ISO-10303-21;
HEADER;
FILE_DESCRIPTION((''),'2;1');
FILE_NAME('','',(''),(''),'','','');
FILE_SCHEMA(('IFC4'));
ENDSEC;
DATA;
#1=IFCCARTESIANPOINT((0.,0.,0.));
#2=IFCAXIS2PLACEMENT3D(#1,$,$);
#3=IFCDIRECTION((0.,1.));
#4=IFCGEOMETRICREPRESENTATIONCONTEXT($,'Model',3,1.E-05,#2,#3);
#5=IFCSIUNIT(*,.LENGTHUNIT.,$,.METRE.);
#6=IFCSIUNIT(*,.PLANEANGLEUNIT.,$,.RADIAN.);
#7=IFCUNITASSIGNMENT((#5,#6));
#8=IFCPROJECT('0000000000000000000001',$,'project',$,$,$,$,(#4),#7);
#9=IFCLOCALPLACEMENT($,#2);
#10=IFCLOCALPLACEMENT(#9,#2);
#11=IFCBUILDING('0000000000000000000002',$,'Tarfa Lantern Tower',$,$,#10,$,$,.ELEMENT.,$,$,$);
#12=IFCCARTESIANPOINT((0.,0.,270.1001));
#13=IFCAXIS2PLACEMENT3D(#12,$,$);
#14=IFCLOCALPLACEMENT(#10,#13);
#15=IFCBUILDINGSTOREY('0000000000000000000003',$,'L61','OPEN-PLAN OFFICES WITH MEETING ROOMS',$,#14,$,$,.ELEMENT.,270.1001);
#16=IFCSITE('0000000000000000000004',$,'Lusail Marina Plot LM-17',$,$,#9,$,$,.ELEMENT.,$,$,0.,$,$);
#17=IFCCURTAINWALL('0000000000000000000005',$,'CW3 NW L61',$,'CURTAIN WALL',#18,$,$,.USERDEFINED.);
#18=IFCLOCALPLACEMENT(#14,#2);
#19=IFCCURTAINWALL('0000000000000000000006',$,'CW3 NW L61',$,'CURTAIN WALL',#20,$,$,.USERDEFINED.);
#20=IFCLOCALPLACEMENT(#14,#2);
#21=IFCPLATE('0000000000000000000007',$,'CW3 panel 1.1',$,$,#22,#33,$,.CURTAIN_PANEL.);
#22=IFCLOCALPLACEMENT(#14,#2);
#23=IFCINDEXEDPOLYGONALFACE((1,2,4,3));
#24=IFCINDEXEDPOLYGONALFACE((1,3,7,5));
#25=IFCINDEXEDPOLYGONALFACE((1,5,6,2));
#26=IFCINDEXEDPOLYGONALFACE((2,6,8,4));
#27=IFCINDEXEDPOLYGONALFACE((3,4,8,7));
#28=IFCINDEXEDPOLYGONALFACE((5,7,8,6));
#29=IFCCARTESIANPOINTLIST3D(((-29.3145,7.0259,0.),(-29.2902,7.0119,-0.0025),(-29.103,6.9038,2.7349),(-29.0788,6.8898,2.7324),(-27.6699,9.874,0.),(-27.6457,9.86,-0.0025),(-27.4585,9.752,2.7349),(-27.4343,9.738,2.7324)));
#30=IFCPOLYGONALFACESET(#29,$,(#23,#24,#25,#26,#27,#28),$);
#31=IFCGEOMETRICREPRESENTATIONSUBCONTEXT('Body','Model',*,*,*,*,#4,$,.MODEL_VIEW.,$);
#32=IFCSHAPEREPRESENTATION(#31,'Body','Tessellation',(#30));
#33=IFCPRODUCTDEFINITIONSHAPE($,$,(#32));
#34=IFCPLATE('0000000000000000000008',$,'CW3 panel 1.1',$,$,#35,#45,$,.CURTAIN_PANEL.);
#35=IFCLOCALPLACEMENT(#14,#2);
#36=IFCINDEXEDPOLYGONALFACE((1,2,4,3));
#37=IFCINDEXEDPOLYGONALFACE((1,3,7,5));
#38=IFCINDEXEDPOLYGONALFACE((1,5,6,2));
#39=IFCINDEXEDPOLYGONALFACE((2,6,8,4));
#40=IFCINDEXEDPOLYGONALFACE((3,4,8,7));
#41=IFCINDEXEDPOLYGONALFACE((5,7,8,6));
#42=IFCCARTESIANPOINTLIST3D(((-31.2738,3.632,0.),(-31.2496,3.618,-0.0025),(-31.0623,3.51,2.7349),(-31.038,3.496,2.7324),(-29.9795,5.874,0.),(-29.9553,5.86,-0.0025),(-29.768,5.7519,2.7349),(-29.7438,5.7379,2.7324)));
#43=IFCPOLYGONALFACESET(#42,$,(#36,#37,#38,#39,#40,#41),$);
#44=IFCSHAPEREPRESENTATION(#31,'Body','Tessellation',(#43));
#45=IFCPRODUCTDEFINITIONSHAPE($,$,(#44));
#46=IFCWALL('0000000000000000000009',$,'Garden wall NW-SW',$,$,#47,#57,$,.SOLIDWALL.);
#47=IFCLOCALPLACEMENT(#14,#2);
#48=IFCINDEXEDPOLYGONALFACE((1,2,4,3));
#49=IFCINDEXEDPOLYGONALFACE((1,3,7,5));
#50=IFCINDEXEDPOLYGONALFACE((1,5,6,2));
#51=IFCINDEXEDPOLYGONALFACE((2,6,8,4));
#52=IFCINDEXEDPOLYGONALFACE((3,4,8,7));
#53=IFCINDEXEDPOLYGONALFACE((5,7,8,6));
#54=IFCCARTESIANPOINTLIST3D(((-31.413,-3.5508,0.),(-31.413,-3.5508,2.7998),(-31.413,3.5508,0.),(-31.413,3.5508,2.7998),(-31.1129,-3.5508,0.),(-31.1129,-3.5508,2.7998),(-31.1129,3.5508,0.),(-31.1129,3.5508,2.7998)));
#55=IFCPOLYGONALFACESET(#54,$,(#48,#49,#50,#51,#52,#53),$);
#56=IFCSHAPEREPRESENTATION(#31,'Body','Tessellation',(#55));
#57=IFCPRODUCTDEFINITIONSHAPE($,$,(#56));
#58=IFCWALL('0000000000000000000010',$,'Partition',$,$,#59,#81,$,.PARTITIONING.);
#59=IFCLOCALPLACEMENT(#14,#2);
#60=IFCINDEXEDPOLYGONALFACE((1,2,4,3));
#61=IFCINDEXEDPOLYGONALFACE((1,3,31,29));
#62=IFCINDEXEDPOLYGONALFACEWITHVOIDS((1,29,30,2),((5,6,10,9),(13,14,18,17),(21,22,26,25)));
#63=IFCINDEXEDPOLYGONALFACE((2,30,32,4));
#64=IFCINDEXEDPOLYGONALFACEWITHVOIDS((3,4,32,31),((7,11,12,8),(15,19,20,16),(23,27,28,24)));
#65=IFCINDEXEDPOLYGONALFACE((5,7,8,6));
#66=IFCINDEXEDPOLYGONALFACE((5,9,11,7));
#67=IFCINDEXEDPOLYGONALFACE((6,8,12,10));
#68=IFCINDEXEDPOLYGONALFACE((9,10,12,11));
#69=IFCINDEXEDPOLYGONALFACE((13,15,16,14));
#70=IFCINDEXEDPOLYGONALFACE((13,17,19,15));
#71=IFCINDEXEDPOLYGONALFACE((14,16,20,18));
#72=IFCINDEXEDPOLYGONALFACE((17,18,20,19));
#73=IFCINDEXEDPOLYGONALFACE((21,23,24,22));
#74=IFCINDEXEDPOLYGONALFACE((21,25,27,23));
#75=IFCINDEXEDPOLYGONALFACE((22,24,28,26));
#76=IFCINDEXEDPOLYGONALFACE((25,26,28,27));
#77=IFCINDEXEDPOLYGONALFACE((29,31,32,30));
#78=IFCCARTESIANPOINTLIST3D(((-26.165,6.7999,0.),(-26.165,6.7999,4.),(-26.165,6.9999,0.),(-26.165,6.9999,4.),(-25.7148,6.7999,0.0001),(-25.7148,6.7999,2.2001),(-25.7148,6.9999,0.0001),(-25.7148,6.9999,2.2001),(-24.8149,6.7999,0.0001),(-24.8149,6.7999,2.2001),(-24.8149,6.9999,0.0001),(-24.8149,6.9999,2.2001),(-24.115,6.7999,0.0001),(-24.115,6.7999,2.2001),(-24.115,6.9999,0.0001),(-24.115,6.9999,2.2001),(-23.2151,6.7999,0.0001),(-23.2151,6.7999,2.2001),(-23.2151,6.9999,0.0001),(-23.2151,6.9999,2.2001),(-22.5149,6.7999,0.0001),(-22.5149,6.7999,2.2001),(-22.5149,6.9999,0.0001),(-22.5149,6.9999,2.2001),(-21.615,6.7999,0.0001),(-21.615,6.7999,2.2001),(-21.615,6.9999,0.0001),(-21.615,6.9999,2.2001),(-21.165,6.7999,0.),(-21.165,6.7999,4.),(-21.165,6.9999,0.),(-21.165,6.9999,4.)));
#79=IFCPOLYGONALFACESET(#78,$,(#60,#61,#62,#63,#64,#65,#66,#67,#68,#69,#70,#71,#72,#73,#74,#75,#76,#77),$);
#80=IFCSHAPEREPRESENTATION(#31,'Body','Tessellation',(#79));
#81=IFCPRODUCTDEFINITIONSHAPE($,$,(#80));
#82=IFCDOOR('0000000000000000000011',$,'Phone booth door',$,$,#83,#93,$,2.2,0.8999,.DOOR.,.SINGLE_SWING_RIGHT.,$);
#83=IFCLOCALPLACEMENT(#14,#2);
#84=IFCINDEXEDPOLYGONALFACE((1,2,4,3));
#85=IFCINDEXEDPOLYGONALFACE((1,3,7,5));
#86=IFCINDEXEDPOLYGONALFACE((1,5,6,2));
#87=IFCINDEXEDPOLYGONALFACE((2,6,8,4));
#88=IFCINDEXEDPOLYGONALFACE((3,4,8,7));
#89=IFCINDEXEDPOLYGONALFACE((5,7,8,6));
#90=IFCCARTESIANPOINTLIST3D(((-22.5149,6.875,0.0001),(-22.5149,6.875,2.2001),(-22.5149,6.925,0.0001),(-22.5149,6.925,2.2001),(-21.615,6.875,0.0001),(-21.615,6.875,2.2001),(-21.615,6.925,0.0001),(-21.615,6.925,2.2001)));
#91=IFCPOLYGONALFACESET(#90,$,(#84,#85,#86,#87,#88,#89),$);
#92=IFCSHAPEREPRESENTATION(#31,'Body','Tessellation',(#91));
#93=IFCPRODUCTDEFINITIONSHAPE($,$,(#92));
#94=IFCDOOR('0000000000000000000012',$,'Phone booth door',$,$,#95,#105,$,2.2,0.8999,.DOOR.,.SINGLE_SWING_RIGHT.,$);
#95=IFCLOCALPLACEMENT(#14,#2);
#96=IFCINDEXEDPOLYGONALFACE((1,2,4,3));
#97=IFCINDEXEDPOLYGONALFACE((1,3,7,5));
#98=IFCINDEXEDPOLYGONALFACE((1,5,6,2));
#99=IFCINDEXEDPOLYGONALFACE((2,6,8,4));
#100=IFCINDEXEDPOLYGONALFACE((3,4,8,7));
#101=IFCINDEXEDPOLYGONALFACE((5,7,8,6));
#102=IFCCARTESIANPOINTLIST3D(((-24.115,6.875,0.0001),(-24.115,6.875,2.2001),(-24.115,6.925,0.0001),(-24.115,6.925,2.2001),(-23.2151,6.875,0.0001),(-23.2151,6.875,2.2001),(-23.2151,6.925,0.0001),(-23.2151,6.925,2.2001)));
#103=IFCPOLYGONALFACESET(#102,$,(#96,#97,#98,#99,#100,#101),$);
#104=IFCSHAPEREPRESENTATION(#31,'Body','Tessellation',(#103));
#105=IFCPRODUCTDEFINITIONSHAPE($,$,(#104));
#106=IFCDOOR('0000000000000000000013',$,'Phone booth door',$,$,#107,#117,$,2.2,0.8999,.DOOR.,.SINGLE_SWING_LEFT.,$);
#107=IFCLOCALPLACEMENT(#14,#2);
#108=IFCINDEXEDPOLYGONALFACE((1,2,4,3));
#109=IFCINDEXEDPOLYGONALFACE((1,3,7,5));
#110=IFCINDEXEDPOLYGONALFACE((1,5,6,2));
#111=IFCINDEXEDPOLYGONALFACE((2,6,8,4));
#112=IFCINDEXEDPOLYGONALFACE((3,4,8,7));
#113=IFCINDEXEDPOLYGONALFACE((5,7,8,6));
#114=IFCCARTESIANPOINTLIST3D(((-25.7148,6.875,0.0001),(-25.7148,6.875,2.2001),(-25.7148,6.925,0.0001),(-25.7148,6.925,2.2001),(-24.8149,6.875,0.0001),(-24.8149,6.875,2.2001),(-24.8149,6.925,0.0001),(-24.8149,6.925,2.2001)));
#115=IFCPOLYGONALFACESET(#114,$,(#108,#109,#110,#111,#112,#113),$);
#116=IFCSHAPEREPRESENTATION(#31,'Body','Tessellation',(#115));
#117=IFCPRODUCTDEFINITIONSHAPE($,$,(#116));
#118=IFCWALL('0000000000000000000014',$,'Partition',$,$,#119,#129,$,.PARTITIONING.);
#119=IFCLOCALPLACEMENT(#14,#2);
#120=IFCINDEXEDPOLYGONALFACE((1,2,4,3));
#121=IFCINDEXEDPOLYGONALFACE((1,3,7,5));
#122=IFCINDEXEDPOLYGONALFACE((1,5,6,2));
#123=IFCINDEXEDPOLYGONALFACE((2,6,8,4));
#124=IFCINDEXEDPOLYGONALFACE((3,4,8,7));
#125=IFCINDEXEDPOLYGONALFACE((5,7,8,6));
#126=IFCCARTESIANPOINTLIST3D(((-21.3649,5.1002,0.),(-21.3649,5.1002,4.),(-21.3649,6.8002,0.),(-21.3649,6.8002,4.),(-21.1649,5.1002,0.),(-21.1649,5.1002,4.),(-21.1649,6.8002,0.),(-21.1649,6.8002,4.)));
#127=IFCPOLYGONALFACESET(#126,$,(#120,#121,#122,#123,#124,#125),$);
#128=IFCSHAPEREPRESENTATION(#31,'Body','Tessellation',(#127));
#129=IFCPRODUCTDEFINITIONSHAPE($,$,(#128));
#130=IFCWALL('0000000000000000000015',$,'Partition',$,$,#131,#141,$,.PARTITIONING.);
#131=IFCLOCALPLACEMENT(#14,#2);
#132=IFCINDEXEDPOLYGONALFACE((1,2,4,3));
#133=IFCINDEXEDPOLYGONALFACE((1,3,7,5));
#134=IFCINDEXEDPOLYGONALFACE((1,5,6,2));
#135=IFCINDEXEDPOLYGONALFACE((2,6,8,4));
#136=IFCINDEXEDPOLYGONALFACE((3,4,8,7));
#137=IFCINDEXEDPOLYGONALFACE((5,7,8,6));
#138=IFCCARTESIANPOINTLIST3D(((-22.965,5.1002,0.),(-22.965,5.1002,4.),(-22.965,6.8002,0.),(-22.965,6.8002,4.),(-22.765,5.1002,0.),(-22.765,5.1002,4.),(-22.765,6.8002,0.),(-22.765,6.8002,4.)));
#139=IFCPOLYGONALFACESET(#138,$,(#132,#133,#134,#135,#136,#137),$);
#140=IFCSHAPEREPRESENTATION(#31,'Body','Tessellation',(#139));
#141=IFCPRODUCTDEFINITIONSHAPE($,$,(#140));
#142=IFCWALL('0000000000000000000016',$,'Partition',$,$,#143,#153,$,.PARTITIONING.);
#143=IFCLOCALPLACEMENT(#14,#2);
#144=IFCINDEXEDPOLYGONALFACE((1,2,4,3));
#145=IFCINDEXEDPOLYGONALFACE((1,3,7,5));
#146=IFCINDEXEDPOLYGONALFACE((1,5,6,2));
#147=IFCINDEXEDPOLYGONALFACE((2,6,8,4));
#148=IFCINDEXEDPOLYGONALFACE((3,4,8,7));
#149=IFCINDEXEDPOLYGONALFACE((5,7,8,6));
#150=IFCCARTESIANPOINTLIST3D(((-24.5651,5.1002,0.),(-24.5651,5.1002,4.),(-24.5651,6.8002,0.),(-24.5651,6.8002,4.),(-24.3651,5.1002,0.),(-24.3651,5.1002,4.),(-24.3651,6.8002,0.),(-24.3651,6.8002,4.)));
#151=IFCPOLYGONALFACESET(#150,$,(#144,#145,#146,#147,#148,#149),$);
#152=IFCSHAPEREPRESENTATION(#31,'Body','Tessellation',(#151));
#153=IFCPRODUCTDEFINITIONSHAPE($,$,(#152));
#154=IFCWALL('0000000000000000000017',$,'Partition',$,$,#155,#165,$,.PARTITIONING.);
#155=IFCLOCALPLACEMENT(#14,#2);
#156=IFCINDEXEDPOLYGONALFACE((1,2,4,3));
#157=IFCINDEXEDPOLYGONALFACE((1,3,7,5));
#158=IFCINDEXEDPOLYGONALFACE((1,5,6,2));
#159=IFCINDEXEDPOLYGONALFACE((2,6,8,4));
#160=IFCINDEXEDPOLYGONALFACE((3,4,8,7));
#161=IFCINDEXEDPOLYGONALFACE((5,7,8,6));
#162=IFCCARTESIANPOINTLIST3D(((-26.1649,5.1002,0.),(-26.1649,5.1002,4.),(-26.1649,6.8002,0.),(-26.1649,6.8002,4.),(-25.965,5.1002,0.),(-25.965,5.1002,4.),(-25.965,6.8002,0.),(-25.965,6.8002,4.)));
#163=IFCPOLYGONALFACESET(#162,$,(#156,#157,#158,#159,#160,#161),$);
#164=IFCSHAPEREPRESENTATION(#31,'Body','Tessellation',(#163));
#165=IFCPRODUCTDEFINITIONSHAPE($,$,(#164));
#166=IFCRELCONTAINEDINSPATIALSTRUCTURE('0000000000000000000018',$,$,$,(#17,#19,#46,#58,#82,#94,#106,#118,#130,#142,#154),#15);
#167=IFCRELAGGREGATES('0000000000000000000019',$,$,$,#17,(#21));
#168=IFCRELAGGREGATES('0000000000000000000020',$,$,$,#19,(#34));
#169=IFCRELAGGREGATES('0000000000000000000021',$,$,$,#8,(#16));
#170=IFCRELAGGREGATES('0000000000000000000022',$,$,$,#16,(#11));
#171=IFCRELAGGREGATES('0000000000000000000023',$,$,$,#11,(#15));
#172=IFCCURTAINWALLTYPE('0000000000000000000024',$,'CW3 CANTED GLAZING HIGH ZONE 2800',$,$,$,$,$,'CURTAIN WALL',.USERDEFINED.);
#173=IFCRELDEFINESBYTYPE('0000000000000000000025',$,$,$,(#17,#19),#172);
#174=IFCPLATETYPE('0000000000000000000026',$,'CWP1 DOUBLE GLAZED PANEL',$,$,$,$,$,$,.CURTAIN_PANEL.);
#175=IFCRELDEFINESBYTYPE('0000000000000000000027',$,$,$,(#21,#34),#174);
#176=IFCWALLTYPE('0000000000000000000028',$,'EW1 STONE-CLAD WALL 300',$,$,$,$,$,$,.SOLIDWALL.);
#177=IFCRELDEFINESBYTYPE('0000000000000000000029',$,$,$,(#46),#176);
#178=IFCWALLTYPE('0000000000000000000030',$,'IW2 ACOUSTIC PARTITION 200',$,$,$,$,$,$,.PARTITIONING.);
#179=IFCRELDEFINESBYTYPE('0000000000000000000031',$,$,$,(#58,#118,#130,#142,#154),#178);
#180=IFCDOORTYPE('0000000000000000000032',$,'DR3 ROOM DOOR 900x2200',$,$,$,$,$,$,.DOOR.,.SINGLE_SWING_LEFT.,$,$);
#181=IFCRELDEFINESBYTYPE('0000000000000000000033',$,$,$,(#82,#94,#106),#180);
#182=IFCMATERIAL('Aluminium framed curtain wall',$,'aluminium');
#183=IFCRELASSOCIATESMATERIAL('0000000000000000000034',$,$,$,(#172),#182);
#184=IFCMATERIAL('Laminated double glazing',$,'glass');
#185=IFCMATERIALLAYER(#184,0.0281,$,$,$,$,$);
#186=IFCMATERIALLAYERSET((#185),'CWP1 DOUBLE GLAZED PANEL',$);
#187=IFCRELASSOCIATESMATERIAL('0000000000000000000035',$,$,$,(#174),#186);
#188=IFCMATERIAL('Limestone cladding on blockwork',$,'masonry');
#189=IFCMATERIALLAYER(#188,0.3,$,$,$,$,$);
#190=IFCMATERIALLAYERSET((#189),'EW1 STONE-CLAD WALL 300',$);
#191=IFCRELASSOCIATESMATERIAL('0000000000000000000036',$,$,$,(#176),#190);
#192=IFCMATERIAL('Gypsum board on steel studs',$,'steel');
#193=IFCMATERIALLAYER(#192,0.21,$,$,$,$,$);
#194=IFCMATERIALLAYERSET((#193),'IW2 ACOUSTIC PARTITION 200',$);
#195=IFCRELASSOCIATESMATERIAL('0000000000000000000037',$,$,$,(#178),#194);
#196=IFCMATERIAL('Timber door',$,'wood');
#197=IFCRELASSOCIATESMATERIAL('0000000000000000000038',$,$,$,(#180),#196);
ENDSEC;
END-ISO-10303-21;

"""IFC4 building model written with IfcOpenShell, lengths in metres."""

from ifc_helpers import new_model, si_unit, direction, frame, frame_2d, origin, place, context, subcontext, project, spatial, polyline, rectangle, outline, extrude, material, layer, layer_set, type_object, element, fill, aggregate, save


model = new_model("IFC4")

# Units and contexts
model_context = context("Model", 3, precision=1e-05, world=origin(), true_north=direction((0.0, 1.0)))
body_context = subcontext(model_context, "Body", "Model", "MODEL_VIEW")
ifc_project = project(units=[si_unit("LENGTHUNIT", "METRE"), si_unit("PLANEANGLEUNIT", "RADIAN")], contexts=[model_context])

# Site, building, storey
site_placement = place(None, origin())
site = spatial("IfcSite", under=ifc_project, at=site_placement, Name="Lusail Marina Plot LM-17", CompositionType="ELEMENT", RefElevation=0.0)
building_placement = place(site_placement, origin())
building = spatial("IfcBuilding", under=site, at=building_placement, Name="Tarfa Lantern Tower", CompositionType="ELEMENT")
storey_placement = place(building_placement, frame((0.0, 0.0, 270.1001)))
storey = spatial("IfcBuildingStorey", under=building, at=storey_placement, Name="L61", Description="OPEN-PLAN OFFICES WITH MEETING ROOMS", CompositionType="ELEMENT", Elevation=270.1001)

# Curtain walls
ifc_material_1 = material(Name="Aluminium framed curtain wall", Category="aluminium")
curtain_wall_type = type_object("IfcCurtainWallType", Name="CW3 CANTED GLAZING HIGH ZONE 2800", ElementType="CURTAIN WALL", PredefinedType="USERDEFINED", material=ifc_material_1)
curtain_wall_1_placement = place(storey_placement, origin())
curtain_wall_1 = element("IfcCurtainWall", 1, at=curtain_wall_1_placement, inside=storey, type_object=curtain_wall_type, Name="CW3 NW L61", ObjectType="CURTAIN WALL", PredefinedType="USERDEFINED")
curtain_wall_2_placement = place(storey_placement, origin())
curtain_wall_2 = element("IfcCurtainWall", 2, at=curtain_wall_2_placement, inside=storey, type_object=curtain_wall_type, Name="CW3 NW L61", ObjectType="CURTAIN WALL", PredefinedType="USERDEFINED")

# Plates
ifc_material_2 = material(Name="Laminated double glazing", Category="glass")
ifc_layer_1 = layer(ifc_material_2, 0.0281)
ifc_layer_set_1 = layer_set([ifc_layer_1], Name="CWP1 DOUBLE GLAZED PANEL")
plate_type = type_object("IfcPlateType", Name="CWP1 DOUBLE GLAZED PANEL", PredefinedType="CURTAIN_PANEL", material=ifc_layer_set_1)
plate_1_placement = place(storey_placement, frame((-27.6699, 9.874, 0.0), z_axis=(-0.862575, 0.498055, 0.088914), x_axis=(-0.500035, -0.866005, 0.0)))
plate_1 = element("IfcPlate", 3, at=plate_1_placement, type_object=plate_type, Name="CW3 panel 1.1", PredefinedType="CURTAIN_PANEL", context=body_context, shape_type="SweptSolid", body=[
    extrude(outline(polyline([(0.0, 0.0), (3.2888, 0.0), (3.2888, 2.7457), (0.0, 2.7457), (0.0, 0.0)])), origin(), (0.0, 0.0, -1.0), 0.0281),
])
aggregate(curtain_wall_1, [plate_1])
plate_2_placement = place(storey_placement, frame((-29.9795, 5.874, 0.0), z_axis=(-0.862605, 0.497996, 0.088952), x_axis=(-0.499979, -0.866038, -0.000004)))
plate_2 = element("IfcPlate", 4, at=plate_2_placement, type_object=plate_type, Name="CW3 panel 1.1", PredefinedType="CURTAIN_PANEL", context=body_context, shape_type="SweptSolid", body=[
    extrude(outline(polyline([(0.0, 0.0), (2.5888, 0.0), (2.5887, 2.7458), (0.0, 2.7457), (0.0, 0.0)])), origin(), (0.0, 0.0, -1.0), 0.0281),
])
aggregate(curtain_wall_2, [plate_2])

# Wall
ifc_material_3 = material(Name="Limestone cladding on blockwork", Category="masonry")
ifc_layer_2 = layer(ifc_material_3, 0.3)
ifc_layer_set_2 = layer_set([ifc_layer_2], Name="EW1 STONE-CLAD WALL 300")
wall_type_1 = type_object("IfcWallType", Name="EW1 STONE-CLAD WALL 300", PredefinedType="SOLIDWALL", material=ifc_layer_set_2)
wall_1_placement = place(storey_placement, frame((-31.2629, 3.5508, 0.0), z_axis=(0.0, 0.0, 1.0), x_axis=(0.0, -1.0, 0.0)))
element("IfcWall", 5, at=wall_1_placement, inside=storey, type_object=wall_type_1, Name="Garden wall NW-SW", PredefinedType="SOLIDWALL", context=body_context, shape_type="SweptSolid", body=[
    extrude(rectangle(XDim=7.1016, YDim=0.3, at=frame_2d((3.5508, 0.0))), origin(), (0.0, 0.0, 1.0), 2.7998),
])

# Wall, openings, doors
ifc_material_4 = material(Name="Gypsum board on steel studs", Category="steel")
ifc_layer_3 = layer(ifc_material_4, 0.21)
ifc_layer_set_3 = layer_set([ifc_layer_3], Name="IW2 ACOUSTIC PARTITION 200")
wall_type_2 = type_object("IfcWallType", Name="IW2 ACOUSTIC PARTITION 200", PredefinedType="PARTITIONING", material=ifc_layer_set_3)
wall_2_placement = place(storey_placement, frame((-21.165, 6.8999, 0.0), z_axis=(0.0, 0.0, 1.0), x_axis=(-1.0, 0.0, 0.0)))
wall_2 = element("IfcWall", 6, at=wall_2_placement, inside=storey, type_object=wall_type_2, Name="Partition", PredefinedType="PARTITIONING", context=body_context, shape_type="SweptSolid", body=[
    extrude(rectangle(XDim=5.0, YDim=0.2, at=frame_2d((2.5, 0.0))), origin(), (0.0, 0.0, 1.0), 4.0),
])
opening_1_placement = place(wall_2_placement, frame((0.45, 0.0, 0.0)))
opening_1 = element("IfcOpeningElement", 7, at=opening_1_placement, cuts=wall_2, PredefinedType="OPENING", context=body_context, shape_type="SweptSolid", body=[
    extrude(rectangle(XDim=0.8999, YDim=2.2, at=frame_2d((0.45, 1.1001))), frame((0.0, 0.1099, 0.0), z_axis=(0.0, -1.0, 0.0), x_axis=(1.0, 0.0, 0.0)), (0.0, 0.0, 1.0), 0.22),
])
opening_2_placement = place(wall_2_placement, frame((2.05, 0.0, 0.0)))
opening_2 = element("IfcOpeningElement", 8, at=opening_2_placement, cuts=wall_2, PredefinedType="OPENING", context=body_context, shape_type="SweptSolid", body=[
    extrude(rectangle(XDim=0.8999, YDim=2.2, at=frame_2d((0.45, 1.1001))), frame((0.0, 0.1099, 0.0), z_axis=(0.0, -1.0, 0.0), x_axis=(1.0, 0.0, 0.0)), (0.0, 0.0, 1.0), 0.22),
])
opening_3_placement = place(wall_2_placement, frame((3.6499, 0.0, 0.0)))
opening_3 = element("IfcOpeningElement", 9, at=opening_3_placement, cuts=wall_2, PredefinedType="OPENING", context=body_context, shape_type="SweptSolid", body=[
    extrude(rectangle(XDim=0.8999, YDim=2.2, at=frame_2d((0.45, 1.1001))), frame((0.0, 0.1099, 0.0), z_axis=(0.0, -1.0, 0.0), x_axis=(1.0, 0.0, 0.0)), (0.0, 0.0, 1.0), 0.22),
])
ifc_material_5 = material(Name="Timber door", Category="wood")
door_type = type_object("IfcDoorType", Name="DR3 ROOM DOOR 900x2200", OperationType="SINGLE_SWING_LEFT", PredefinedType="DOOR", material=ifc_material_5)
door_1_placement = place(opening_1_placement, origin())
door_1 = element("IfcDoor", 10, at=door_1_placement, inside=storey, type_object=door_type, Name="Phone booth door", OperationType="SINGLE_SWING_RIGHT", OverallHeight=2.2, OverallWidth=0.8999, PredefinedType="DOOR", context=body_context, shape_type="SweptSolid", body=[
    extrude(rectangle(XDim=0.8999, YDim=2.2, at=frame_2d((0.45, 1.1001))), frame((0.0, 0.0249, 0.0), z_axis=(0.0, -1.0, 0.0), x_axis=(1.0, 0.0, 0.0)), (0.0, 0.0, 1.0), 0.05),
])
fill(opening_1, door_1)
door_2_placement = place(opening_2_placement, origin())
door_2 = element("IfcDoor", 11, at=door_2_placement, inside=storey, type_object=door_type, Name="Phone booth door", OperationType="SINGLE_SWING_RIGHT", OverallHeight=2.2, OverallWidth=0.8999, PredefinedType="DOOR", context=body_context, shape_type="SweptSolid", body=[
    extrude(rectangle(XDim=0.8999, YDim=2.2, at=frame_2d((0.45, 1.1001))), frame((0.0, 0.0249, 0.0), z_axis=(0.0, -1.0, 0.0), x_axis=(1.0, 0.0, 0.0)), (0.0, 0.0, 1.0), 0.05),
])
fill(opening_2, door_2)
door_3_placement = place(opening_3_placement, origin())
door_3 = element("IfcDoor", 12, at=door_3_placement, inside=storey, type_object=door_type, Name="Phone booth door", OperationType="SINGLE_SWING_LEFT", OverallHeight=2.2, OverallWidth=0.8999, PredefinedType="DOOR", context=body_context, shape_type="SweptSolid", body=[
    extrude(rectangle(XDim=0.8999, YDim=2.2, at=frame_2d((0.45, 1.1001))), frame((0.0, 0.0249, 0.0), z_axis=(0.0, -1.0, 0.0), x_axis=(1.0, 0.0, 0.0)), (0.0, 0.0, 1.0), 0.05),
])
fill(opening_3, door_3)

# Walls
for number, where, z_axis, x_axis, name in (
    (13, (-21.2649, 5.1001, 0.0), (0.0, 0.0, 1.0), (0.0, 1.0, 0.0), "Partition"),
    (14, (-22.865, 5.1001, 0.0), (0.0, 0.0, 1.0), (0.0, 1.0, 0.0), "Partition"),
    (15, (-24.4651, 5.1001, 0.0), (0.0, 0.0, 1.0), (0.0, 1.0, 0.0), "Partition"),
    (16, (-26.0649, 5.1001, 0.0), (0.0, 0.0, 1.0), (0.0, 1.0, 0.0), "Partition"),
):
    element("IfcWall", number, at=place(storey_placement, frame(where, z_axis=z_axis, x_axis=x_axis)), inside=storey, type_object=wall_type_2, Name=name, PredefinedType="PARTITIONING", context=body_context, shape_type="SweptSolid", body=[
        extrude(rectangle(XDim=1.7, YDim=0.2, at=frame_2d((0.8501, 0.0))), origin(), (0.0, 0.0, 1.0), 4.0),
    ])

save(model, "model.ifc")
